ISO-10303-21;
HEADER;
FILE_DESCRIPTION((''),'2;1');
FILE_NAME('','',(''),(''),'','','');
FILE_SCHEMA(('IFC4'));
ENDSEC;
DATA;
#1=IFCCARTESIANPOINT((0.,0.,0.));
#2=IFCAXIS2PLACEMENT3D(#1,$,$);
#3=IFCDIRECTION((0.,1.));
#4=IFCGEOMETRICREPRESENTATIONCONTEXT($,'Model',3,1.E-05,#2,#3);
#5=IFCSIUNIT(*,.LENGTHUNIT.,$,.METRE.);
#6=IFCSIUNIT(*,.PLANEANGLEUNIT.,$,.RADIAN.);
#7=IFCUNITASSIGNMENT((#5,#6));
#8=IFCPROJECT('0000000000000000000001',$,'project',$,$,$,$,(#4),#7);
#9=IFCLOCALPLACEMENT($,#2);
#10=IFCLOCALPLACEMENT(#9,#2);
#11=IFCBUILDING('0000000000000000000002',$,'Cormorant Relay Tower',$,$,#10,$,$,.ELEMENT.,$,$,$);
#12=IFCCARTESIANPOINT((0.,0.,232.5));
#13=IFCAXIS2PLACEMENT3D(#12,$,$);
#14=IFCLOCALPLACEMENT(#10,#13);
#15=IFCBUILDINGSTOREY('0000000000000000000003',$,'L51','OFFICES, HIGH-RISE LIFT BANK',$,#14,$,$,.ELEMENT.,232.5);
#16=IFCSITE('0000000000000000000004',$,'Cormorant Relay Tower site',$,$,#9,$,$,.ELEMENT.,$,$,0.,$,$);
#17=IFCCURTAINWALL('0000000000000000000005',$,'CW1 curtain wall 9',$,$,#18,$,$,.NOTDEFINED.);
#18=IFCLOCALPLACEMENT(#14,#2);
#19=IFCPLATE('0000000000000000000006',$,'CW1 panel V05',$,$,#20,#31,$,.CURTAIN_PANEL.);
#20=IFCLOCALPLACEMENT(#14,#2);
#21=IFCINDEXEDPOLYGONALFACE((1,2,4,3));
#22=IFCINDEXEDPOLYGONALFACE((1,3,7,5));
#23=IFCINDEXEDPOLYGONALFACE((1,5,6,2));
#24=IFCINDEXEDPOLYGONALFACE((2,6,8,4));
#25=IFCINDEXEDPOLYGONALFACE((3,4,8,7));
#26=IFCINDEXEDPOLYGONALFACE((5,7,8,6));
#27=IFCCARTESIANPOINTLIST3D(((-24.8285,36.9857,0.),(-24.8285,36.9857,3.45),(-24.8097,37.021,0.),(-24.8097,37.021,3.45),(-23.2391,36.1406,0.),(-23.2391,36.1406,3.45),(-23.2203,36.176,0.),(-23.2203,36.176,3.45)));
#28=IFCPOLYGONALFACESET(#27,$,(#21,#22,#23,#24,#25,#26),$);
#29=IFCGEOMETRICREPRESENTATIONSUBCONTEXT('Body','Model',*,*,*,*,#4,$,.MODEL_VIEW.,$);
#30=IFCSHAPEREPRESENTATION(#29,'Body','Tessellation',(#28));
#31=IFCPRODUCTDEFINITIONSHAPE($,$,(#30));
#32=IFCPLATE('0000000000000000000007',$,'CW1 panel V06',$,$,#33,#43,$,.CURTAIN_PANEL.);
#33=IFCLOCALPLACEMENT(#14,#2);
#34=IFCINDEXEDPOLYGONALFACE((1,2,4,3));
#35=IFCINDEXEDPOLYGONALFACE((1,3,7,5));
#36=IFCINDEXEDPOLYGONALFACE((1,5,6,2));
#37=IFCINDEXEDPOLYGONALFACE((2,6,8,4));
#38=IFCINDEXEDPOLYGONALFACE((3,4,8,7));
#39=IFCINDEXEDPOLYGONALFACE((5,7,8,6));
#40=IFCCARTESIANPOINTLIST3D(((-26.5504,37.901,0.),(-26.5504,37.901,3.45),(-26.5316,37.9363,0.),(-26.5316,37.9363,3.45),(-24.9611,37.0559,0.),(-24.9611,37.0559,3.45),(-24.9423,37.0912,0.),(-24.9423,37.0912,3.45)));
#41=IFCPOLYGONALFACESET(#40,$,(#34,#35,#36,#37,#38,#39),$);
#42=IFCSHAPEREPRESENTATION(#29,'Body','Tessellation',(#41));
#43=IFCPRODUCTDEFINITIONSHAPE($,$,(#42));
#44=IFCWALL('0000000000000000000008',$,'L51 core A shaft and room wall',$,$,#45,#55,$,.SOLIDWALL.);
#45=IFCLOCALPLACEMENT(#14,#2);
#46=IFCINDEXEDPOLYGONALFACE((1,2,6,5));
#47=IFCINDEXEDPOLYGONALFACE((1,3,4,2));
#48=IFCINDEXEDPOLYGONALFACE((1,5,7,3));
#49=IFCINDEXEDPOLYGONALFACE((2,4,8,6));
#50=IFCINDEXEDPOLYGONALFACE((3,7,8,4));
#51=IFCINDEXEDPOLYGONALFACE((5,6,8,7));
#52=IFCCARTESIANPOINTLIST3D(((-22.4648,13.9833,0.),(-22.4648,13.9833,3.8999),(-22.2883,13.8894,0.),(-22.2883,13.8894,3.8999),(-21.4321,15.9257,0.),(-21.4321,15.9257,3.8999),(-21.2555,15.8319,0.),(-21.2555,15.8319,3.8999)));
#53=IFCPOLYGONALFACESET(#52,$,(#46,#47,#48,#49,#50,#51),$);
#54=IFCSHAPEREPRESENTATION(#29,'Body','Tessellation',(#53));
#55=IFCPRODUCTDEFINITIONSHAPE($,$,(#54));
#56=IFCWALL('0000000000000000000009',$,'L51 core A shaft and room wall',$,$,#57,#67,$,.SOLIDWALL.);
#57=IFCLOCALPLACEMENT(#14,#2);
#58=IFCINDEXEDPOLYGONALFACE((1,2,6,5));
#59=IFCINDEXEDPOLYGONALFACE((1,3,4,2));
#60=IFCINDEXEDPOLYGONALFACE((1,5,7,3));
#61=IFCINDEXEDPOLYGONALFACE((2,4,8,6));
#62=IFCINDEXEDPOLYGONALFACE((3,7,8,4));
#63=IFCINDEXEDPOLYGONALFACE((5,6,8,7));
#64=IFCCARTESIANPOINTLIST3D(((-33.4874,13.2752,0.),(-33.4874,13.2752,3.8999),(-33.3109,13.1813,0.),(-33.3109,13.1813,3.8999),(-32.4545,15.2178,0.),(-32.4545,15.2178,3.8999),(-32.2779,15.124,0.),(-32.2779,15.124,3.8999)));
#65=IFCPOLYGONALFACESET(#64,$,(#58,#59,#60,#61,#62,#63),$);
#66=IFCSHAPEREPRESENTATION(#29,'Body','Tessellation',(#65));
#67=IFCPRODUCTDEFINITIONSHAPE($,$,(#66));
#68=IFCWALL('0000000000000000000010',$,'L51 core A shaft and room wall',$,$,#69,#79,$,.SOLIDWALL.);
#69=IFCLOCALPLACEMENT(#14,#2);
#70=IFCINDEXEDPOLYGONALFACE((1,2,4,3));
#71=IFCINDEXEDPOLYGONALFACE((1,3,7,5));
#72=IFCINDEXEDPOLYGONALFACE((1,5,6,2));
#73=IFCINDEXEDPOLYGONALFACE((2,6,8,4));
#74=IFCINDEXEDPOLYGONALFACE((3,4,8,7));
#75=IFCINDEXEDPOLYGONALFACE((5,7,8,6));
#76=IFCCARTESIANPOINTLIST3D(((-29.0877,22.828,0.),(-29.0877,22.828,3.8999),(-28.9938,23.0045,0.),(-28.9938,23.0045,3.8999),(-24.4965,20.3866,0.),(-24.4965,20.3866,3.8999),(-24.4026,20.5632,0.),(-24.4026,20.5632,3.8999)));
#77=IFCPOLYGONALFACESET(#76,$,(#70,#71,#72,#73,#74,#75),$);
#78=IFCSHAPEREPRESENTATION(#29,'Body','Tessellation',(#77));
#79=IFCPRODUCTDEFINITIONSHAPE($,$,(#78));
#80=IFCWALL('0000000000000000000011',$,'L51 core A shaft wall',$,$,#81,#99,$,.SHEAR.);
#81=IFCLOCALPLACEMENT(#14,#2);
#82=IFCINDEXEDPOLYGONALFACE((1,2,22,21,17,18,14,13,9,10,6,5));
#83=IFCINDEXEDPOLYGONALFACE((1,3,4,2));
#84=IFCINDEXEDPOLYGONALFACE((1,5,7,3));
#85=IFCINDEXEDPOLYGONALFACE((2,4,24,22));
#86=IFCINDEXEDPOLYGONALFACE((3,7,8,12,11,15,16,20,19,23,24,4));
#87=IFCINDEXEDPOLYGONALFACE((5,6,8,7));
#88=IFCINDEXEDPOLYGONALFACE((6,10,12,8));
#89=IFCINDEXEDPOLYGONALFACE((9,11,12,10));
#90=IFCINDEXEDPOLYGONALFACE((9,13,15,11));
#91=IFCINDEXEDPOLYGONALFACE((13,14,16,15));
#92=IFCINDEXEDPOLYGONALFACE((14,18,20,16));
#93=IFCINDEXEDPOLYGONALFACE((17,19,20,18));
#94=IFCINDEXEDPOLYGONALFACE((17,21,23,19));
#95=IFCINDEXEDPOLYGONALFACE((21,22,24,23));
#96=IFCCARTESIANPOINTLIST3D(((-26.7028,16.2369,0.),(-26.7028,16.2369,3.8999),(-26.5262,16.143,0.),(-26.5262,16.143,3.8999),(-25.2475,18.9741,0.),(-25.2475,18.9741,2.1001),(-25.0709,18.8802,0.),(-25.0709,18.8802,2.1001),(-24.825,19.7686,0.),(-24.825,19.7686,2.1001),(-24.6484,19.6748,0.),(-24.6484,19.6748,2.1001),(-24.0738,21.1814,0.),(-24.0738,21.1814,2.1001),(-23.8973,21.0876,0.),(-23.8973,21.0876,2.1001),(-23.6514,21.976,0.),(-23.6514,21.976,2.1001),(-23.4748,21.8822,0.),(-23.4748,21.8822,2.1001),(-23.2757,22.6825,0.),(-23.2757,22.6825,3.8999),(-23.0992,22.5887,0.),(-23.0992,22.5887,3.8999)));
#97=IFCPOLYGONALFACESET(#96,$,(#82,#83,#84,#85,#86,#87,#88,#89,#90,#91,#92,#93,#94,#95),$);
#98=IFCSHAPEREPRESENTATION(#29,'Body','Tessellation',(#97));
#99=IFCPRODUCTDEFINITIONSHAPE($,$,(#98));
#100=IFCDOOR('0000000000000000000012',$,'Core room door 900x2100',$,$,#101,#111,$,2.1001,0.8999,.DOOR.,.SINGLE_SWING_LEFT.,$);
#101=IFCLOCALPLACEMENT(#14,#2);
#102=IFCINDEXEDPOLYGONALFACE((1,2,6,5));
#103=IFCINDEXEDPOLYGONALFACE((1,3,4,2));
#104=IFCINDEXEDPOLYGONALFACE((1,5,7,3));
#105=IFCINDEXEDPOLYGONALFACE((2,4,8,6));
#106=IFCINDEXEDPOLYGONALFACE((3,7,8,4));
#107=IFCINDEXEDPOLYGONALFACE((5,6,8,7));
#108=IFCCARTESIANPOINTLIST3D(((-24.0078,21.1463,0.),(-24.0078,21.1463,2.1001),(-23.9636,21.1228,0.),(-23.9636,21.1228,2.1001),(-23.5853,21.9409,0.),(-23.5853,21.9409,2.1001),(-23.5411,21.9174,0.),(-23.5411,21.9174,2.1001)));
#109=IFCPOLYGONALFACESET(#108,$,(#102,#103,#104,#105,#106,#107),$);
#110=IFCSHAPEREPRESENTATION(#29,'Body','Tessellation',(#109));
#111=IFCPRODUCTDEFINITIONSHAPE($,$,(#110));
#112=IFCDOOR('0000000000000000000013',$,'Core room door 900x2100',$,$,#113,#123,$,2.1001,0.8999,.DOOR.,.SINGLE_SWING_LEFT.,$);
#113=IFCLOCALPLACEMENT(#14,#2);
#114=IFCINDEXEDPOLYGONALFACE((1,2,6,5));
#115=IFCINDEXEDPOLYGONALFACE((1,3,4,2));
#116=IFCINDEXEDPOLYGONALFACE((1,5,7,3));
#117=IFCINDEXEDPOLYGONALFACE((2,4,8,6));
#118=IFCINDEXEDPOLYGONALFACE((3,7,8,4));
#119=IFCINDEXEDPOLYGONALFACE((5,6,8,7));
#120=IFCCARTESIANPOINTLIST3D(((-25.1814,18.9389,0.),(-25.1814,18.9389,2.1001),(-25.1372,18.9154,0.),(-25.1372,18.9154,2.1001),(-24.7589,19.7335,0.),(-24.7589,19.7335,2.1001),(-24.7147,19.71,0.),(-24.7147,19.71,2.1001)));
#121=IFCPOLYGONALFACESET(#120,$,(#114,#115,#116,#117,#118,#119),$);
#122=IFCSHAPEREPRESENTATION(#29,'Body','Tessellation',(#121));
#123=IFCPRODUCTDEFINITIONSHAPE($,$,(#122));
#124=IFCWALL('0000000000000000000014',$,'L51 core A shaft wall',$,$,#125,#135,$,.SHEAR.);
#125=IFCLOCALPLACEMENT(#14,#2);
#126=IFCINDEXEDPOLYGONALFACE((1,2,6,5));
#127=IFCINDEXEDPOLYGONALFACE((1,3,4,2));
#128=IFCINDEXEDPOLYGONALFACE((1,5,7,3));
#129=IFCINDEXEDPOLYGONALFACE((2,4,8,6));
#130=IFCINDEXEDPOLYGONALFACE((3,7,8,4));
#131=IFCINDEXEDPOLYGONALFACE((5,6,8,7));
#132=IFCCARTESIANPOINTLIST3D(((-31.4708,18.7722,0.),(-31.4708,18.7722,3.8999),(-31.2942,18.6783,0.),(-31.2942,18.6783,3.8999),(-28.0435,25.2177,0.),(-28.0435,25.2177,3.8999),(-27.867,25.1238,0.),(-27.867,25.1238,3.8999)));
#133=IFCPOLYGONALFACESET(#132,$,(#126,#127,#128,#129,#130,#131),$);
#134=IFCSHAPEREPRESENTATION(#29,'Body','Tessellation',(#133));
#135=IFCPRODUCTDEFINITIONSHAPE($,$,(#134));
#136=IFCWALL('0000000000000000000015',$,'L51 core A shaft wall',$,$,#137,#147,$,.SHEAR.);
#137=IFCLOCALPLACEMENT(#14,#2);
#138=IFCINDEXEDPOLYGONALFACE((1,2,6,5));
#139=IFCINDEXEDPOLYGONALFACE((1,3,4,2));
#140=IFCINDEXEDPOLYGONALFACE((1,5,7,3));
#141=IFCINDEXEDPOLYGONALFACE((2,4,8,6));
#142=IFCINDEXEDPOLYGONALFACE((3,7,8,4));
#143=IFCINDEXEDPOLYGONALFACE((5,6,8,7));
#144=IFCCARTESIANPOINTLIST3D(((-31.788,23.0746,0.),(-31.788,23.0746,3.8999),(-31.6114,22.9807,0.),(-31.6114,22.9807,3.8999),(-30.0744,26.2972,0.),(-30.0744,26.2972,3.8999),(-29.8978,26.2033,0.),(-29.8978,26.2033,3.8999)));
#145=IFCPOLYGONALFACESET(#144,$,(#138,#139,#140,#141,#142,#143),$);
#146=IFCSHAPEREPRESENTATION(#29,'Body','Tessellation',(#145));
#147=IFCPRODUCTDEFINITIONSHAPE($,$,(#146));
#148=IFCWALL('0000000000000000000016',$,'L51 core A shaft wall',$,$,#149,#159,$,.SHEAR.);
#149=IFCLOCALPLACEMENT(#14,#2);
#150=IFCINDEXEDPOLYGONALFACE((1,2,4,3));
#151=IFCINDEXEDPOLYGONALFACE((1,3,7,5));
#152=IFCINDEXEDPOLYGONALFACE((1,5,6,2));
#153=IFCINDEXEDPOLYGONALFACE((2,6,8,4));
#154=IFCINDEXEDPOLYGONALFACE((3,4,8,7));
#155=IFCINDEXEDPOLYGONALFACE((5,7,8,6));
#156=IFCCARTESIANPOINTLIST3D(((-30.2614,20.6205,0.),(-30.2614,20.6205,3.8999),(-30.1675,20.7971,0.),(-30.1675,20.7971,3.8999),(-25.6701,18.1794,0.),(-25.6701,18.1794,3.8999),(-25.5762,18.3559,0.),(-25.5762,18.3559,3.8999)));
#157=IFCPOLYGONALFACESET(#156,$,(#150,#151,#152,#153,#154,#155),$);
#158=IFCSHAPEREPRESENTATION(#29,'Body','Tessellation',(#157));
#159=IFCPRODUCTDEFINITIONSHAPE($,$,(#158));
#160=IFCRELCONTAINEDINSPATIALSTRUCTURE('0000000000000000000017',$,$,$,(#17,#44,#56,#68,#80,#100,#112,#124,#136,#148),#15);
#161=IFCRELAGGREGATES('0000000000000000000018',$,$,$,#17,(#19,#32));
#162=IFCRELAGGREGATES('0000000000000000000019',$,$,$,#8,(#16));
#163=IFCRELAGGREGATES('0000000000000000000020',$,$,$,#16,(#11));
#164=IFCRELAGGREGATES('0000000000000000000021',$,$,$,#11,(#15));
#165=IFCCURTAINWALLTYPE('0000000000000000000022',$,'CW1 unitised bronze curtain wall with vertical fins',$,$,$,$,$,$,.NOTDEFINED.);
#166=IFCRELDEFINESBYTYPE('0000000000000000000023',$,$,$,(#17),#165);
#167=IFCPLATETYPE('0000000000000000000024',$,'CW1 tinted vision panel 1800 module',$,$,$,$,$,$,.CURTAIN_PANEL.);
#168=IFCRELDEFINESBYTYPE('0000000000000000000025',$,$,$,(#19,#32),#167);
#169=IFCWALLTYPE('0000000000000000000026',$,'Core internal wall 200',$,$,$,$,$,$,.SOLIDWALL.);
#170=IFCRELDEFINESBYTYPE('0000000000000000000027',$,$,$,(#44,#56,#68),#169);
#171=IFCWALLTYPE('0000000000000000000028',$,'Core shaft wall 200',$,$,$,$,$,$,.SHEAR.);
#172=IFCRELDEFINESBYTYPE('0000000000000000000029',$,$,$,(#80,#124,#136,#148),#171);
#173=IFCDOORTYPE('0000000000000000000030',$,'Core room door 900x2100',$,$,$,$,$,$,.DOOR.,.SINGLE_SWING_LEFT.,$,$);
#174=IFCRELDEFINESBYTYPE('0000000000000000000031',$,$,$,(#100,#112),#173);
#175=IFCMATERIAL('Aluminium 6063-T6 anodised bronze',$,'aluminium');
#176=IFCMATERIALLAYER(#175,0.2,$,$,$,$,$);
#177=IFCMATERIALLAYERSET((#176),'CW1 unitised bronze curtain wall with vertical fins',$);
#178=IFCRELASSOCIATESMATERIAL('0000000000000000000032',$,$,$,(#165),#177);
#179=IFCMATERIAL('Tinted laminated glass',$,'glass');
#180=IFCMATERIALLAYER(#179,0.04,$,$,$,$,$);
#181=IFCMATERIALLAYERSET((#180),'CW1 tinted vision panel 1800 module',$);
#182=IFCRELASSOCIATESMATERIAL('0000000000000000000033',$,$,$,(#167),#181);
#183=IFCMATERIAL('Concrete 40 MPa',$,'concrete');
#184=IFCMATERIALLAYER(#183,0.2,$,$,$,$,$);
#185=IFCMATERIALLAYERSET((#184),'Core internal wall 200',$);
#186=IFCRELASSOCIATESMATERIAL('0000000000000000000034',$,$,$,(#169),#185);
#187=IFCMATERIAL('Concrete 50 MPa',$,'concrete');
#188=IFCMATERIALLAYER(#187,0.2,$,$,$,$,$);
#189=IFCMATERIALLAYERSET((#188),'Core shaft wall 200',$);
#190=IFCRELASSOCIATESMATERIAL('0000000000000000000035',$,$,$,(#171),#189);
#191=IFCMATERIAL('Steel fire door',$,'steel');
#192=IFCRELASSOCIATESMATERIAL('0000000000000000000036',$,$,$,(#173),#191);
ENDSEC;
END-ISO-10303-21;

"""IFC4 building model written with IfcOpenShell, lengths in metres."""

from ifc_helpers import new_model, si_unit, direction, frame, frame_2d, origin, origin_2d, place, context, subcontext, project, spatial, rectangle, extrude, material, layer, layer_set, type_object, element, fill, aggregate, save


model = new_model("IFC4")

# Units and contexts
model_context = context("Model", 3, precision=1e-05, world=origin(), true_north=direction((0.0, 1.0)))
body_context = subcontext(model_context, "Body", "Model", "MODEL_VIEW")
ifc_project = project(units=[si_unit("LENGTHUNIT", "METRE"), si_unit("PLANEANGLEUNIT", "RADIAN")], contexts=[model_context])

# Site, building, storey
site_placement = place(None, origin())
site = spatial("IfcSite", under=ifc_project, at=site_placement, Name="Cormorant Relay Tower site", CompositionType="ELEMENT", RefElevation=0.0)
building_placement = place(site_placement, origin())
building = spatial("IfcBuilding", under=site, at=building_placement, Name="Cormorant Relay Tower", CompositionType="ELEMENT")
storey_placement = place(building_placement, frame((0.0, 0.0, 232.5)))
storey = spatial("IfcBuildingStorey", under=building, at=storey_placement, Name="L51", Description="OFFICES, HIGH-RISE LIFT BANK", CompositionType="ELEMENT", Elevation=232.5)

# Curtain wall
ifc_material_1 = material(Name="Aluminium 6063-T6 anodised bronze", Category="aluminium")
ifc_layer_1 = layer(ifc_material_1, 0.2)
ifc_layer_set_1 = layer_set([ifc_layer_1], Name="CW1 unitised bronze curtain wall with vertical fins")
curtain_wall_type = type_object("IfcCurtainWallType", Name="CW1 unitised bronze curtain wall with vertical fins", PredefinedType="NOTDEFINED", material=ifc_layer_set_1)
curtain_wall_1_placement = place(storey_placement, origin())
curtain_wall_1 = element("IfcCurtainWall", 1, at=curtain_wall_1_placement, inside=storey, type_object=curtain_wall_type, Name="CW1 curtain wall 9", PredefinedType="NOTDEFINED")

# Plates
ifc_material_2 = material(Name="Tinted laminated glass", Category="glass")
ifc_layer_2 = layer(ifc_material_2, 0.04)
ifc_layer_set_2 = layer_set([ifc_layer_2], Name="CW1 tinted vision panel 1800 module")
plate_type = type_object("IfcPlateType", Name="CW1 tinted vision panel 1800 module", PredefinedType="CURTAIN_PANEL", material=ifc_layer_set_2)
plate_1_placement = place(storey_placement, frame((-24.0244, 36.5808, 0.0), z_axis=(0.0, 0.0, 1.0), x_axis=(-0.882948, 0.469472, 0.0)))
plate_1 = element("IfcPlate", 2, at=plate_1_placement, type_object=plate_type, Name="CW1 panel V05", PredefinedType="CURTAIN_PANEL", context=body_context, shape_type="SweptSolid", body=[
    extrude(rectangle(XDim=1.8, YDim=0.04, at=origin_2d()), origin(), (0.0, 0.0, 1.0), 3.45),
])
plate_2_placement = place(storey_placement, frame((-25.7463, 37.4961, 0.0), z_axis=(0.0, 0.0, 1.0), x_axis=(-0.882948, 0.469472, 0.0)))
plate_2 = element("IfcPlate", 3, at=plate_2_placement, type_object=plate_type, Name="CW1 panel V06", PredefinedType="CURTAIN_PANEL", context=body_context, shape_type="SweptSolid", body=[
    extrude(rectangle(XDim=1.8, YDim=0.04, at=origin_2d()), origin(), (0.0, 0.0, 1.0), 3.45),
])

# Walls
ifc_material_3 = material(Name="Concrete 40 MPa", Category="concrete")
ifc_layer_3 = layer(ifc_material_3, 0.2)
ifc_layer_set_3 = layer_set([ifc_layer_3], Name="Core internal wall 200")
wall_type_1 = type_object("IfcWallType", Name="Core internal wall 200", PredefinedType="SOLIDWALL", material=ifc_layer_set_3)
wall_1_placement = place(storey_placement, frame((-21.3438, 15.8789, 0.0), z_axis=(0.0, 0.0, 1.0), x_axis=(-0.469447, -0.88296, 0.0)))
element("IfcWall", 4, at=wall_1_placement, inside=storey, type_object=wall_type_1, Name="L51 core A shaft and room wall", PredefinedType="SOLIDWALL", context=body_context, shape_type="SweptSolid", body=[
    extrude(rectangle(XDim=2.2, YDim=0.2, at=frame_2d((1.1001, 0.0))), origin(), (0.0, 0.0, 1.0), 3.8999),
])
wall_2_placement = place(storey_placement, frame((-32.3662, 15.1709, 0.0), z_axis=(0.0, 0.0, 1.0), x_axis=(-0.469488, -0.882939, 0.0)))
element("IfcWall", 5, at=wall_2_placement, inside=storey, type_object=wall_type_1, Name="L51 core A shaft and room wall", PredefinedType="SOLIDWALL", context=body_context, shape_type="SweptSolid", body=[
    extrude(rectangle(XDim=2.2002, YDim=0.2, at=frame_2d((1.1001, 0.0))), origin(), (0.0, 0.0, 1.0), 3.8999),
])
wall_3_placement = place(storey_placement, frame((-24.4495, 20.4749, 0.0), z_axis=(0.0, 0.0, 1.0), x_axis=(-0.882935, 0.469496, 0.0)))
element("IfcWall", 6, at=wall_3_placement, inside=storey, type_object=wall_type_1, Name="L51 core A shaft and room wall", PredefinedType="SOLIDWALL", context=body_context, shape_type="SweptSolid", body=[
    extrude(rectangle(XDim=5.2, YDim=0.2, at=frame_2d((2.6001, 0.0))), origin(), (0.0, 0.0, 1.0), 3.8999),
])

# Wall, openings, doors
ifc_material_4 = material(Name="Concrete 50 MPa", Category="concrete")
ifc_layer_4 = layer(ifc_material_4, 0.2)
ifc_layer_set_4 = layer_set([ifc_layer_4], Name="Core shaft wall 200")
wall_type_2 = type_object("IfcWallType", Name="Core shaft wall 200", PredefinedType="SHEAR", material=ifc_layer_set_4)
wall_4_placement = place(storey_placement, frame((-23.1875, 22.6355, 0.0), z_axis=(0.0, 0.0, 1.0), x_axis=(-0.469454, -0.882957, 0.0)))
wall_4 = element("IfcWall", 7, at=wall_4_placement, inside=storey, type_object=wall_type_2, Name="L51 core A shaft wall", PredefinedType="SHEAR", context=body_context, shape_type="SweptSolid", body=[
    extrude(rectangle(XDim=7.3, YDim=0.2, at=frame_2d((3.6499, 0.0))), origin(), (0.0, 0.0, 1.0), 3.8999),
])
opening_1_placement = place(wall_4_placement, frame((0.8, 0.0, 0.0)))
opening_1 = element("IfcOpeningElement", 8, at=opening_1_placement, cuts=wall_4, PredefinedType="OPENING", context=body_context, shape_type="SweptSolid", body=[
    extrude(rectangle(XDim=0.8999, YDim=2.1001, at=frame_2d((0.45, 1.05))), frame((0.0, 0.1099, 0.0), z_axis=(0.0, -1.0, 0.0), x_axis=(1.0, 0.0, 0.0)), (0.0, 0.0, 1.0), 0.22),
])
opening_2_placement = place(wall_4_placement, frame((3.3, 0.0, 0.0)))
opening_2 = element("IfcOpeningElement", 9, at=opening_2_placement, cuts=wall_4, PredefinedType="OPENING", context=body_context, shape_type="SweptSolid", body=[
    extrude(rectangle(XDim=0.8999, YDim=2.1001, at=frame_2d((0.45, 1.05))), frame((0.0, 0.1099, 0.0), z_axis=(0.0, -1.0, 0.0), x_axis=(1.0, 0.0, 0.0)), (0.0, 0.0, 1.0), 0.22),
])
ifc_material_5 = material(Name="Steel fire door", Category="steel")
door_type_1 = type_object("IfcDoorType", Name="Core room door 900x2100", OperationType="SINGLE_SWING_LEFT", PredefinedType="DOOR", material=ifc_material_5)
door_1_placement = place(opening_1_placement, origin())
door_1 = element("IfcDoor", 10, at=door_1_placement, inside=storey, type_object=door_type_1, Name="Core room door 900x2100", OperationType="SINGLE_SWING_LEFT", OverallHeight=2.1001, OverallWidth=0.8999, PredefinedType="DOOR", context=body_context, shape_type="SweptSolid", body=[
    extrude(rectangle(XDim=0.8999, YDim=2.1001, at=frame_2d((0.45, 1.05))), frame((0.0, 0.0249, 0.0), z_axis=(0.0, -1.0, 0.0), x_axis=(1.0, 0.0, 0.0)), (0.0, 0.0, 1.0), 0.05),
])
fill(opening_1, door_1)
door_2_placement = place(opening_2_placement, origin())
door_2 = element("IfcDoor", 11, at=door_2_placement, inside=storey, type_object=door_type_1, Name="Core room door 900x2100", OperationType="SINGLE_SWING_LEFT", OverallHeight=2.1001, OverallWidth=0.8999, PredefinedType="DOOR", context=body_context, shape_type="SweptSolid", body=[
    extrude(rectangle(XDim=0.8999, YDim=2.1001, at=frame_2d((0.45, 1.05))), frame((0.0, 0.0249, 0.0), z_axis=(0.0, -1.0, 0.0), x_axis=(1.0, 0.0, 0.0)), (0.0, 0.0, 1.0), 0.05),
])
fill(opening_2, door_2)

# Walls
wall_5_placement = place(storey_placement, frame((-27.9553, 25.1707, 0.0), z_axis=(0.0, 0.0, 1.0), x_axis=(-0.46948, -0.882943, 0.0)))
element("IfcWall", 12, at=wall_5_placement, inside=storey, type_object=wall_type_2, Name="L51 core A shaft wall", PredefinedType="SHEAR", context=body_context, shape_type="SweptSolid", body=[
    extrude(rectangle(XDim=7.3, YDim=0.2, at=frame_2d((3.6499, 0.0))), origin(), (0.0, 0.0, 1.0), 3.8999),
])
wall_6_placement = place(storey_placement, frame((-29.9861, 26.2502, 0.0), z_axis=(0.0, 0.0, 1.0), x_axis=(-0.469494, -0.882936, 0.0)))
element("IfcWall", 13, at=wall_6_placement, inside=storey, type_object=wall_type_2, Name="L51 core A shaft wall", PredefinedType="SHEAR", context=body_context, shape_type="SweptSolid", body=[
    extrude(rectangle(XDim=3.6499, YDim=0.2, at=frame_2d((1.825, 0.0))), origin(), (0.0, 0.0, 1.0), 3.8999),
])

# Wall
wall_7_placement = place(storey_placement, frame((-25.623, 18.2676, 0.0), z_axis=(0.0, 0.0, 1.0), x_axis=(-0.882954, 0.46946, 0.0)))
element("IfcWall", 14, at=wall_7_placement, inside=storey, type_object=wall_type_2, Name="L51 core A shaft wall", PredefinedType="SHEAR", context=body_context, shape_type="SweptSolid", body=[
    extrude(rectangle(XDim=5.2, YDim=0.2, at=frame_2d((2.6001, 0.0))), origin(), (0.0, 0.0, 1.0), 3.8999),
])

aggregate(curtain_wall_1, [plate_1, plate_2])

save(model, "model.ifc")
